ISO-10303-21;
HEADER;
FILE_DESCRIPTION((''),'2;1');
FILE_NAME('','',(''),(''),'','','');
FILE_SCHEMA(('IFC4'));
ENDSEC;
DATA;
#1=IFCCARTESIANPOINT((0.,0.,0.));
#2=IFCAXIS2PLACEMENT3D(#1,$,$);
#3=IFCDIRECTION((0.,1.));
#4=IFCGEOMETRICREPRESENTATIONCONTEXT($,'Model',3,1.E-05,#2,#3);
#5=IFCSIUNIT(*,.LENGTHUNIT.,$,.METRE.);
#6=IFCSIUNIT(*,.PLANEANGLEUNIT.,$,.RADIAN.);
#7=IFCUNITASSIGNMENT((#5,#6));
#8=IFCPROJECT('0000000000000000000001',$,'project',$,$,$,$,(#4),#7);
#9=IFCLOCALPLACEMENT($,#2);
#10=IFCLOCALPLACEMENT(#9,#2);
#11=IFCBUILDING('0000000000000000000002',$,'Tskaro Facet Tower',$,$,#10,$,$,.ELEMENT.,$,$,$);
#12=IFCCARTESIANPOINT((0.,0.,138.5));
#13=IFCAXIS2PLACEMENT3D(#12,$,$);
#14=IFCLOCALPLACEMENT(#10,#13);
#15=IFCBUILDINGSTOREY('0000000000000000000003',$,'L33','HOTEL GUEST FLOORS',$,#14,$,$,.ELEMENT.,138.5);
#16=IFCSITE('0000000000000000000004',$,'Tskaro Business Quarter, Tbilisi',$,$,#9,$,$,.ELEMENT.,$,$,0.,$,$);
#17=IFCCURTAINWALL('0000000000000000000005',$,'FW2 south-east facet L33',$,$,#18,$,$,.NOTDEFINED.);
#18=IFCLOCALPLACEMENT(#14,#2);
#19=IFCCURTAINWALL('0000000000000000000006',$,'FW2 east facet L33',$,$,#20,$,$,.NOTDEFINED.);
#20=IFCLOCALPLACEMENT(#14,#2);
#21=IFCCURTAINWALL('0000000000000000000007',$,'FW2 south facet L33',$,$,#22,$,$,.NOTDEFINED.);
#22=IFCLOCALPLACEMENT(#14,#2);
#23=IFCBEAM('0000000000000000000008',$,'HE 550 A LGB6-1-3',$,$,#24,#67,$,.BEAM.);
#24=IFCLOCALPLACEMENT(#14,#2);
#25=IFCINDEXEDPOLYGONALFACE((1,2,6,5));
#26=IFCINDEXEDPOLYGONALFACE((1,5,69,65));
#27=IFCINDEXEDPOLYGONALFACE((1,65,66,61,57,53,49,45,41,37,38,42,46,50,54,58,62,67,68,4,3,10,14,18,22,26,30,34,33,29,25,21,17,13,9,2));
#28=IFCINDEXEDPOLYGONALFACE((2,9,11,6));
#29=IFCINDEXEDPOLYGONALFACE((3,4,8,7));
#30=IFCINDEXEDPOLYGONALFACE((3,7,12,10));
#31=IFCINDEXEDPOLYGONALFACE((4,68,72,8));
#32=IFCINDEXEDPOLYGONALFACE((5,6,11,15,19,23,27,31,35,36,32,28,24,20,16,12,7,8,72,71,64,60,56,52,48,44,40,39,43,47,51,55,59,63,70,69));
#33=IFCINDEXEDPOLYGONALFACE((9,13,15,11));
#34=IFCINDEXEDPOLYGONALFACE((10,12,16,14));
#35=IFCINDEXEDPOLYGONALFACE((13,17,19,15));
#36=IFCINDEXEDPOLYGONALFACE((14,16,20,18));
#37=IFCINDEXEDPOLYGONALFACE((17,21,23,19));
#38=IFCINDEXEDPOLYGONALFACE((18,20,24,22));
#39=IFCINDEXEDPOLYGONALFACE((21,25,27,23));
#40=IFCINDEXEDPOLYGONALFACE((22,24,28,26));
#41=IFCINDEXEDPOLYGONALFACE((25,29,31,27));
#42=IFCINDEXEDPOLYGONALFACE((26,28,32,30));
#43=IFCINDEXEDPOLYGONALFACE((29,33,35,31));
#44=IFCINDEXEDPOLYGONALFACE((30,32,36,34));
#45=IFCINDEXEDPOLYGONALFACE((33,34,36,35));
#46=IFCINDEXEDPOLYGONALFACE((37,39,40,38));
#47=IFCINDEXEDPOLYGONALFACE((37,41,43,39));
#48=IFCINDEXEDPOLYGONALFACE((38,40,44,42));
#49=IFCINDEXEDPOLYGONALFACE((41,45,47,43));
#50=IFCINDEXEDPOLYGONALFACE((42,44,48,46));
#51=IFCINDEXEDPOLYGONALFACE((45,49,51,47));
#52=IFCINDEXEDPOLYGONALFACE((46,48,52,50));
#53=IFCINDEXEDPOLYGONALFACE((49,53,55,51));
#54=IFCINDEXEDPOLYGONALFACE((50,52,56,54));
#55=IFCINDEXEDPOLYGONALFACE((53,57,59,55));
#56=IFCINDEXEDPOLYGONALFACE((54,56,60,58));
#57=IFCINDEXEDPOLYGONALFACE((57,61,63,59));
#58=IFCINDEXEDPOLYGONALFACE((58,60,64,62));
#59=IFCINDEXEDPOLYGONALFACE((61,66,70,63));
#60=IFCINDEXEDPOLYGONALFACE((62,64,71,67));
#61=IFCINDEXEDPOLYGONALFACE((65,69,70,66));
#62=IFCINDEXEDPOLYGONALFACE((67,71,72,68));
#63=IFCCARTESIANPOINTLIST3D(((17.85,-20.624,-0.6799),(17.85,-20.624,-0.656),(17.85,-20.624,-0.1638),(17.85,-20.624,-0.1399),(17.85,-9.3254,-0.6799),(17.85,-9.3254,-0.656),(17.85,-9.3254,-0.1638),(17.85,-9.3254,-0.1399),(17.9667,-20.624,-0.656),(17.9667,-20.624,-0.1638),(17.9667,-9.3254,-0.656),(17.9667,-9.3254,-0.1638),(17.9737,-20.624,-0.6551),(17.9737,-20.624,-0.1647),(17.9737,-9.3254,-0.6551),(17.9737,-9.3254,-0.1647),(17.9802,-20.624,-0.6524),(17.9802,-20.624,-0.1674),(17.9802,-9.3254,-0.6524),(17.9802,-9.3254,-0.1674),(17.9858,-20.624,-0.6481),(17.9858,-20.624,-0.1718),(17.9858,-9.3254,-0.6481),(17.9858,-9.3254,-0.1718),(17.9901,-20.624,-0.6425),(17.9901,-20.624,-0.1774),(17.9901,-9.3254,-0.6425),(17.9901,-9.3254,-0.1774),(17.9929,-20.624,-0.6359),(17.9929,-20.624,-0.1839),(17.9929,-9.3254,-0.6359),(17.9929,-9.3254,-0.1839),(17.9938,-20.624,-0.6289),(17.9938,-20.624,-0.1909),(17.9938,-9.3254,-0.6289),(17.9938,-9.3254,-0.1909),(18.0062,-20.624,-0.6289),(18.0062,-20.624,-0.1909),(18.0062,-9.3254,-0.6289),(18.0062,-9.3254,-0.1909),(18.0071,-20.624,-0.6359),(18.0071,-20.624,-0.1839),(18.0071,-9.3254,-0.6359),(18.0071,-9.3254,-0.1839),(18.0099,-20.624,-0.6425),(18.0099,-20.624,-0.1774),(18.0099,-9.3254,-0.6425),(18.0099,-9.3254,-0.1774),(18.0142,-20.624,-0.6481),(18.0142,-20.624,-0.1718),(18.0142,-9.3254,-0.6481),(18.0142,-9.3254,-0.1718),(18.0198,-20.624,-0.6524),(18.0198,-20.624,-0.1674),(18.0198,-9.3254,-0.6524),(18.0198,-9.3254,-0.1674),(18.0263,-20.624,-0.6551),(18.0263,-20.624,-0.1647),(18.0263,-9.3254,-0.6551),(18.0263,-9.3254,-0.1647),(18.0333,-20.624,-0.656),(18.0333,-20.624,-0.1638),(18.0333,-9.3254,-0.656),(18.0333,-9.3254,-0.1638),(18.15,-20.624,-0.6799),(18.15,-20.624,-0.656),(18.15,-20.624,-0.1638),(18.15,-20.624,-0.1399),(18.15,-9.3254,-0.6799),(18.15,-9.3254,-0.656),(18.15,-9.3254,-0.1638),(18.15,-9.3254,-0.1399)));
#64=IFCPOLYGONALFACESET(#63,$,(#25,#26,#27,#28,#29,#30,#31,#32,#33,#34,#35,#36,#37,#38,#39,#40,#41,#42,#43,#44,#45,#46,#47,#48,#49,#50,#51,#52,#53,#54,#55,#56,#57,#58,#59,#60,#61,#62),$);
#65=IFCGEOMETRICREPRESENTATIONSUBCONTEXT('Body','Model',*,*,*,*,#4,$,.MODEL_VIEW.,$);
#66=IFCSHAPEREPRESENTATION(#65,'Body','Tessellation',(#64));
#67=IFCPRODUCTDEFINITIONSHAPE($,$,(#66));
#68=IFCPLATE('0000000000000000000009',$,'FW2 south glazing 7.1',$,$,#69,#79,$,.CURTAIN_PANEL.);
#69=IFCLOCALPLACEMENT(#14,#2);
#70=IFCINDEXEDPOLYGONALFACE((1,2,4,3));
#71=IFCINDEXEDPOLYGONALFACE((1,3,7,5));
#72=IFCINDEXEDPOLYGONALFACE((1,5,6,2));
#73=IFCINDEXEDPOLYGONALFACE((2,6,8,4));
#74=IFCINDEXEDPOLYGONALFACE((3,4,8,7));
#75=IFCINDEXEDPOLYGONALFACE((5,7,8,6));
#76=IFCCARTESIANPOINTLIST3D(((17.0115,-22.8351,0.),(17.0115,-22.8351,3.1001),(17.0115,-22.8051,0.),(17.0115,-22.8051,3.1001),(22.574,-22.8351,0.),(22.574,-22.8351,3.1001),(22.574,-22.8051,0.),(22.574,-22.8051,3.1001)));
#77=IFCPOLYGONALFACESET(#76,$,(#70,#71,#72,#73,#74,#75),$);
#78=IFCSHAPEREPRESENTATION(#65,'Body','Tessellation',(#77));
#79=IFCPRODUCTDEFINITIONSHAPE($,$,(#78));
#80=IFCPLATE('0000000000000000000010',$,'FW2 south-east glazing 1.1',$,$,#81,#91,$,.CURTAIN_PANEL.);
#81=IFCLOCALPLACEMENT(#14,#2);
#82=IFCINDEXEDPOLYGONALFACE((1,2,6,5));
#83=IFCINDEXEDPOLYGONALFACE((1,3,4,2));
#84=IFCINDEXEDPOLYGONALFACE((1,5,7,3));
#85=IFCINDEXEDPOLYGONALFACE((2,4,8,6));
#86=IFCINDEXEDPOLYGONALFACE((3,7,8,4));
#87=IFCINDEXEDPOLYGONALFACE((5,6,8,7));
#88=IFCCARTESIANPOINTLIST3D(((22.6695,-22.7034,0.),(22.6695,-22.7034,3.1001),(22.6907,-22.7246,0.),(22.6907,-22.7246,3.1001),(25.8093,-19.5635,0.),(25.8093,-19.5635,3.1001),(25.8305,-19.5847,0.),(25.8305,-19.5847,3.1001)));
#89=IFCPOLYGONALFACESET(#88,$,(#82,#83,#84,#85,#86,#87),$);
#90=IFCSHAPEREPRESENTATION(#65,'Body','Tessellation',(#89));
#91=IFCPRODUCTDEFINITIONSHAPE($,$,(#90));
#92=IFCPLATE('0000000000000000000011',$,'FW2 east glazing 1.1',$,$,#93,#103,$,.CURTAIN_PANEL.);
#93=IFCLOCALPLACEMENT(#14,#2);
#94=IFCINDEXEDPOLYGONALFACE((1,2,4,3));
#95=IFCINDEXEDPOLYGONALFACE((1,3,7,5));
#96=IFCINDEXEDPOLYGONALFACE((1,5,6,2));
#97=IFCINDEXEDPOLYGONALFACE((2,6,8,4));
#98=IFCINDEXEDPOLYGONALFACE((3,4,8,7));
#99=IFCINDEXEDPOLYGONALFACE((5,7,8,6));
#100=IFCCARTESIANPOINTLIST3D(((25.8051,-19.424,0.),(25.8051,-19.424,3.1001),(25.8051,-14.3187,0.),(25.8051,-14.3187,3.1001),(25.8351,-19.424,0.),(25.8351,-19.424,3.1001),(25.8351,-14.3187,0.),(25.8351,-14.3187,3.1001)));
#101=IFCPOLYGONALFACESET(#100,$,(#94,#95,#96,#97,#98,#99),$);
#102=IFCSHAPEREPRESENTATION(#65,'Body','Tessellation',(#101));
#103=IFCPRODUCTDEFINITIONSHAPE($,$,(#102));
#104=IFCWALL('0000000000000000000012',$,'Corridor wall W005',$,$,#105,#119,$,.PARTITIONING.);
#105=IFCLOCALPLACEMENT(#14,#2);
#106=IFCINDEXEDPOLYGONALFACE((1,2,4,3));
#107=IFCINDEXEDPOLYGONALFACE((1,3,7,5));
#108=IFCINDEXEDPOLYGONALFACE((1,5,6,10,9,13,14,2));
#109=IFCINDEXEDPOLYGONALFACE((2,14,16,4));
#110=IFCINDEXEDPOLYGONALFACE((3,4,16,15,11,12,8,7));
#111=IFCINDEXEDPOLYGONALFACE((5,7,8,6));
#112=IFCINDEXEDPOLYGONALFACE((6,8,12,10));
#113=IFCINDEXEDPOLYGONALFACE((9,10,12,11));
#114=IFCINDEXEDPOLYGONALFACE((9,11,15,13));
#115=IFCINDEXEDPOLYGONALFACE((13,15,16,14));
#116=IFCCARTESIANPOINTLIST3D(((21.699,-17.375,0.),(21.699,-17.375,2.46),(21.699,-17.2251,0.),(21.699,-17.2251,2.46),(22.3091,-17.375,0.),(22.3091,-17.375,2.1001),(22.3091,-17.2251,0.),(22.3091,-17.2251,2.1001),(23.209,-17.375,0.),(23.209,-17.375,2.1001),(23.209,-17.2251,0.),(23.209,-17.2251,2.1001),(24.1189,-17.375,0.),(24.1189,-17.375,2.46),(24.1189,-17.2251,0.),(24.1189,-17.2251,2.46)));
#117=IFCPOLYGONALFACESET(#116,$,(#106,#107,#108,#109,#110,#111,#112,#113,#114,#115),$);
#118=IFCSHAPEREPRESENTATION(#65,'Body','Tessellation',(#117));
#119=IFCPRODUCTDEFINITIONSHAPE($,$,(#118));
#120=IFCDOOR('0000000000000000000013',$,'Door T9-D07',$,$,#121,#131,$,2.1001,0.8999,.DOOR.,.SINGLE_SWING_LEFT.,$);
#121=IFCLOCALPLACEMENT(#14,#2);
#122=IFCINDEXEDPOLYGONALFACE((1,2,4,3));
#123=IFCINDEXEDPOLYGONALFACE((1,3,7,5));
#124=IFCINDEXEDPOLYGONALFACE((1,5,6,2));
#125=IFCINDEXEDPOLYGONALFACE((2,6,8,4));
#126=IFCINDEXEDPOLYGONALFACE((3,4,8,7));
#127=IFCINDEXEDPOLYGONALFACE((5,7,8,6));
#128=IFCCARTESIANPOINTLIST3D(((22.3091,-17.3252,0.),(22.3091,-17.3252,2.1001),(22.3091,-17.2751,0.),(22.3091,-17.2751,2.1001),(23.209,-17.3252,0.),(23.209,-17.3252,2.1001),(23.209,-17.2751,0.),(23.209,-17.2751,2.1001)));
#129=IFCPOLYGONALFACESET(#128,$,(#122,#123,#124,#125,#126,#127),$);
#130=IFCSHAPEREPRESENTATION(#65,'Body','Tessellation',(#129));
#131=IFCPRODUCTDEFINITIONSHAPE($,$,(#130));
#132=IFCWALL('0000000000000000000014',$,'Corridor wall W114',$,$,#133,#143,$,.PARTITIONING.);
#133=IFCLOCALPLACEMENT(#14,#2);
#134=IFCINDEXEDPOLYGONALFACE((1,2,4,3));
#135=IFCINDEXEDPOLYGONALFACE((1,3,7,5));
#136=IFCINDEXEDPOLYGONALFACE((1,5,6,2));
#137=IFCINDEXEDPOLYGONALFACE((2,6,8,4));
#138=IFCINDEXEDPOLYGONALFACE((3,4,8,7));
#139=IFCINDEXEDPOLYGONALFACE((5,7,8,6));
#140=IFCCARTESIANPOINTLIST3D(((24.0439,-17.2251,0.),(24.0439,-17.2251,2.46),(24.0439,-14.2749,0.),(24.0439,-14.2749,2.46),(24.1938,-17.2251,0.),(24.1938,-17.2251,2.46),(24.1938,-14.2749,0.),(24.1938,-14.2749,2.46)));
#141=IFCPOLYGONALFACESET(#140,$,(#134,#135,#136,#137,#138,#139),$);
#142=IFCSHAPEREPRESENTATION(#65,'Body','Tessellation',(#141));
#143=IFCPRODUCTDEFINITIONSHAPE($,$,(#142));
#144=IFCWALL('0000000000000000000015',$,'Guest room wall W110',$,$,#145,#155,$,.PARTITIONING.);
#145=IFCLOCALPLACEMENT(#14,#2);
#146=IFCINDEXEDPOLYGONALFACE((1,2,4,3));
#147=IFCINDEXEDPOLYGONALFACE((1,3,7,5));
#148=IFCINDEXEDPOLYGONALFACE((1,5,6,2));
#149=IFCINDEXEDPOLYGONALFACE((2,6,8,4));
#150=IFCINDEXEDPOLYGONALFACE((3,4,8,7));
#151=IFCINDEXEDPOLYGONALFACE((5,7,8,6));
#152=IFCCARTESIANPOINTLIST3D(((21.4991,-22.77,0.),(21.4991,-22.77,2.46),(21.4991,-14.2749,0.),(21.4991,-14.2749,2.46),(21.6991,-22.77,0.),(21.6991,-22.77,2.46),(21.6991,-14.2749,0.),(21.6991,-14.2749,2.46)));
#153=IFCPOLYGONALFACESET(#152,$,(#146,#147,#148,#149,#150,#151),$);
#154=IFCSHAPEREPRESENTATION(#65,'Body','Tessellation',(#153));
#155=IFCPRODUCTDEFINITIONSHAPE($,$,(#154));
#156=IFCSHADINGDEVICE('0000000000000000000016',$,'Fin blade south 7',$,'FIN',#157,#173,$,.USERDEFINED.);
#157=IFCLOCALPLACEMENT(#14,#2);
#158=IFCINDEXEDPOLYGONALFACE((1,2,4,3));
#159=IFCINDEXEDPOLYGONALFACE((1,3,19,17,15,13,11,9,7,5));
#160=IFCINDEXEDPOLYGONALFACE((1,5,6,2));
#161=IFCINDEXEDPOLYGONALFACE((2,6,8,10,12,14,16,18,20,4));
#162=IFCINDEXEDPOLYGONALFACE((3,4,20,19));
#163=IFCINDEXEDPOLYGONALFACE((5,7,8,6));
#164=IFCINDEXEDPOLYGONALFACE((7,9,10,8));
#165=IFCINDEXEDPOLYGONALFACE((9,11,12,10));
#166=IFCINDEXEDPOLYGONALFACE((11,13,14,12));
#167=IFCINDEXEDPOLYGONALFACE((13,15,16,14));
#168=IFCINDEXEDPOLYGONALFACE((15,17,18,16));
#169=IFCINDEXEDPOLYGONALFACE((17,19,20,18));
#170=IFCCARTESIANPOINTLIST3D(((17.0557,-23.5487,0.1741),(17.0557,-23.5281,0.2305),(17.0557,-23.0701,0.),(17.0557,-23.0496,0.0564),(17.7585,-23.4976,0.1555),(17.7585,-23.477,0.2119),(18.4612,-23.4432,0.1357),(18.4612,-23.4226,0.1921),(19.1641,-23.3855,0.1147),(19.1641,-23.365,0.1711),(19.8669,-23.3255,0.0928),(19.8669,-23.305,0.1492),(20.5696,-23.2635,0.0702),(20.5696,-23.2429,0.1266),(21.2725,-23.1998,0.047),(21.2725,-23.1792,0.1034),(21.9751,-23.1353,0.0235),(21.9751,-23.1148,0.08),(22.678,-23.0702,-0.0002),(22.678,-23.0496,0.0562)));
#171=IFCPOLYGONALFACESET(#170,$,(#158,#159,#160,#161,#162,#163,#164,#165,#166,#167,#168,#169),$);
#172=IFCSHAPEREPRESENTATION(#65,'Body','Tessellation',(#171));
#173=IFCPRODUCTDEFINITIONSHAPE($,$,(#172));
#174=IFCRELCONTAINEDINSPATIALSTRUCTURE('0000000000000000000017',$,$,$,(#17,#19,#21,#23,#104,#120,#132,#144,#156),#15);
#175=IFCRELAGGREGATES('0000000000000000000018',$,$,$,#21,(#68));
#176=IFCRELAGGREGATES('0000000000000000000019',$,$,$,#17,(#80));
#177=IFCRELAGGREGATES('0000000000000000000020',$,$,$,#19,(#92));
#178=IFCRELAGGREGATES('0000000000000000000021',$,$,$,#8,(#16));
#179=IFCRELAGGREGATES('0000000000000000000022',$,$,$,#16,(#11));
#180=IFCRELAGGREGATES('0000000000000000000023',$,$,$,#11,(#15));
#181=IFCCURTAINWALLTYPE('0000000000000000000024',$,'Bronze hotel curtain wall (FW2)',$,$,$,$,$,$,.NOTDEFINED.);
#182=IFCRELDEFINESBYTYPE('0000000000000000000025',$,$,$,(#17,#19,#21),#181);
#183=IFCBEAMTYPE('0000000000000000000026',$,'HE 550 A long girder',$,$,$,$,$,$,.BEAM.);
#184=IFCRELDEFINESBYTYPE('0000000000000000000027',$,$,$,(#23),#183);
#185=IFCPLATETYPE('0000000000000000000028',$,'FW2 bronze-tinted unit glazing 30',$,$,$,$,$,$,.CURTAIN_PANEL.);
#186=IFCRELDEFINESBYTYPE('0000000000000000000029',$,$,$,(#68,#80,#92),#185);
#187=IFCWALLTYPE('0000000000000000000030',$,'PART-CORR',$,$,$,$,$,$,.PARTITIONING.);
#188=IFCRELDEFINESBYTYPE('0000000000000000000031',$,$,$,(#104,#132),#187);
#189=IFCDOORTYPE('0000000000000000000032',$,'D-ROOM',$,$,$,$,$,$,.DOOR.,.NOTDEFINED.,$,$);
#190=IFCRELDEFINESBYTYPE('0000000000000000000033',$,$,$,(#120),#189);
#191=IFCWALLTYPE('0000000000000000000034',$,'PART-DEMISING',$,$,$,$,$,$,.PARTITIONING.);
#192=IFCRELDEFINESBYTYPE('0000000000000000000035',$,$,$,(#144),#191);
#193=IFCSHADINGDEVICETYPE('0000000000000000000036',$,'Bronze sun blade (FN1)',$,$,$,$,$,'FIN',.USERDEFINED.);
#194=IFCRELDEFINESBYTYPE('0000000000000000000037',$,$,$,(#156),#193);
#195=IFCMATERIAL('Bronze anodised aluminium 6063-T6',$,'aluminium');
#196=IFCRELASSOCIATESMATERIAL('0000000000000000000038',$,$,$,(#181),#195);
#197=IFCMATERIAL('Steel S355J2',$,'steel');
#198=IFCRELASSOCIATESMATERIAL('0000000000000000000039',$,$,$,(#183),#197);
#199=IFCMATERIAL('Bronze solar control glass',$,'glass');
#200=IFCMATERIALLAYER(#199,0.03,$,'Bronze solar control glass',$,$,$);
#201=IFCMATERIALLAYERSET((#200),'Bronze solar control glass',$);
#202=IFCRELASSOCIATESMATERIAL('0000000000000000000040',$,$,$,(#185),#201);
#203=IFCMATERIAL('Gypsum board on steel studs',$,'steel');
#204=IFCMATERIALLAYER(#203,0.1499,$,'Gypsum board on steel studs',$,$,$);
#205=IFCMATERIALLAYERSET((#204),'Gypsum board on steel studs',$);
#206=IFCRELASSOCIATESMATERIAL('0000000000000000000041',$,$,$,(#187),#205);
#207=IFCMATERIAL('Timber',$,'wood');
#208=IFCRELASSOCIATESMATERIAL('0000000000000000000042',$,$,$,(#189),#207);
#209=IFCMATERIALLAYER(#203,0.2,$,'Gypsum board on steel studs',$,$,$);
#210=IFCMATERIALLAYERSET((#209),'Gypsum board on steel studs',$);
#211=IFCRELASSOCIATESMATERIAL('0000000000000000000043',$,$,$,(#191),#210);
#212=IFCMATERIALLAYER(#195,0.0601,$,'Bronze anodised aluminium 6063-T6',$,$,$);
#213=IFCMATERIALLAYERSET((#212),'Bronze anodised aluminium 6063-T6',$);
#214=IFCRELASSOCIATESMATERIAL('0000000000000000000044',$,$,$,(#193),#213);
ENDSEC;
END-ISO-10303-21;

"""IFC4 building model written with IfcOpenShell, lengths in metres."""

from ifc_helpers import new_model, si_unit, direction, frame, frame_2d, origin, origin_2d, place, context, subcontext, project, spatial, polyline, rectangle, i_section, outline, extrude, material, layer, layer_set, material_profile, profile_set, type_object, element, fill, aggregate, save


model = new_model("IFC4")

# Units and contexts
model_context = context("Model", 3, precision=1e-05, world=origin(), true_north=direction((0.0, 1.0)))
body_context = subcontext(model_context, "Body", "Model", "MODEL_VIEW")
ifc_project = project(units=[si_unit("LENGTHUNIT", "METRE"), si_unit("PLANEANGLEUNIT", "RADIAN")], contexts=[model_context])

# Site, building, storey
site_placement = place(None, origin())
site = spatial("IfcSite", under=ifc_project, at=site_placement, Name="Tskaro Business Quarter, Tbilisi", CompositionType="ELEMENT", RefElevation=0.0)
building_placement = place(site_placement, origin())
building = spatial("IfcBuilding", under=site, at=building_placement, Name="Tskaro Facet Tower", CompositionType="ELEMENT")
storey_placement = place(building_placement, frame((0.0, 0.0, 138.5)))
storey = spatial("IfcBuildingStorey", under=building, at=storey_placement, Name="L33", Description="HOTEL GUEST FLOORS", CompositionType="ELEMENT", Elevation=138.5)

# Curtain walls
ifc_material_1 = material(Name="Bronze anodised aluminium 6063-T6", Category="aluminium")
curtain_wall_type = type_object("IfcCurtainWallType", Name="Bronze hotel curtain wall (FW2)", PredefinedType="NOTDEFINED", material=ifc_material_1)
curtain_wall_1_placement = place(storey_placement, origin())
curtain_wall_1 = element("IfcCurtainWall", 1, at=curtain_wall_1_placement, inside=storey, type_object=curtain_wall_type, Name="FW2 south-east facet L33", PredefinedType="NOTDEFINED")
curtain_wall_2_placement = place(storey_placement, origin())
curtain_wall_2 = element("IfcCurtainWall", 2, at=curtain_wall_2_placement, inside=storey, type_object=curtain_wall_type, Name="FW2 east facet L33", PredefinedType="NOTDEFINED")

# Curtain wall
curtain_wall_3_placement = place(storey_placement, origin())
curtain_wall_3 = element("IfcCurtainWall", 3, at=curtain_wall_3_placement, inside=storey, type_object=curtain_wall_type, Name="FW2 south facet L33", PredefinedType="NOTDEFINED")

# Beam
ifc_material_2 = material(Name="Steel S355J2", Category="steel")
ifc_material_profile_1 = material_profile(ifc_material_2, i_section(OverallWidth=0.3, OverallDepth=0.54, WebThickness=0.0125, FlangeThickness=0.0239, FilletRadius=0.0271, at=origin_2d()), Name="HE 550 A")
ifc_profile_set_1 = profile_set([ifc_material_profile_1], Name="Steel S355J2")
beam_type_1 = type_object("IfcBeamType", Name="HE 550 A long girder", PredefinedType="BEAM", material=ifc_profile_set_1)
beam_1_placement = place(storey_placement, frame((18.0, -20.624, -0.4099), z_axis=(0.0, 1.0, 0.0), x_axis=(-1.0, 0.0, 0.0)))
element("IfcBeam", 4, at=beam_1_placement, inside=storey, type_object=beam_type_1, Name="HE 550 A LGB6-1-3", PredefinedType="BEAM", context=body_context, shape_type="SweptSolid", body=[
    extrude(i_section(OverallWidth=0.3, OverallDepth=0.54, WebThickness=0.0125, FlangeThickness=0.0239, FilletRadius=0.0271, at=origin_2d()), origin(), (0.0, 0.0, 1.0), 11.2986),
])

# Plates
ifc_material_3 = material(Name="Bronze solar control glass", Category="glass")
ifc_layer_1 = layer(ifc_material_3, 0.03, Name="Bronze solar control glass")
ifc_layer_set_1 = layer_set([ifc_layer_1], Name="Bronze solar control glass")
plate_type = type_object("IfcPlateType", Name="FW2 bronze-tinted unit glazing 30", PredefinedType="CURTAIN_PANEL", material=ifc_layer_set_1)
plate_1_placement = place(storey_placement, frame((19.7927, -22.8201, 0.0), z_axis=(0.0, 0.0, 1.0), x_axis=(1.0, 0.0, 0.0)))
plate_1 = element("IfcPlate", 5, at=plate_1_placement, type_object=plate_type, Name="FW2 south glazing 7.1", PredefinedType="CURTAIN_PANEL", context=body_context, shape_type="SweptSolid", body=[
    extrude(rectangle(XDim=5.5625, YDim=0.03, at=origin_2d()), origin(), (0.0, 0.0, 1.0), 3.1001),
])
aggregate(curtain_wall_3, [plate_1])
plate_2_placement = place(storey_placement, frame((24.25, -21.144, 0.0), z_axis=(0.0, 0.0, 1.0), x_axis=(0.707107, 0.707107, 0.0)))
plate_2 = element("IfcPlate", 6, at=plate_2_placement, type_object=plate_type, Name="FW2 south-east glazing 1.1", PredefinedType="CURTAIN_PANEL", context=body_context, shape_type="SweptSolid", body=[
    extrude(rectangle(XDim=4.4404, YDim=0.03, at=origin_2d()), origin(), (0.0, 0.0, 1.0), 3.1001),
])
aggregate(curtain_wall_1, [plate_2])
plate_3_placement = place(storey_placement, frame((25.8201, -16.8713, 0.0), z_axis=(0.0, 0.0, 1.0), x_axis=(0.0, 1.0, 0.0)))
plate_3 = element("IfcPlate", 7, at=plate_3_placement, type_object=plate_type, Name="FW2 east glazing 1.1", PredefinedType="CURTAIN_PANEL", context=body_context, shape_type="SweptSolid", body=[
    extrude(rectangle(XDim=5.1052, YDim=0.03, at=origin_2d()), origin(), (0.0, 0.0, 1.0), 3.1001),
])
aggregate(curtain_wall_2, [plate_3])

# Wall, opening, door
ifc_material_4 = material(Name="Gypsum board on steel studs", Category="steel")
ifc_layer_2 = layer(ifc_material_4, 0.1499, Name="Gypsum board on steel studs")
ifc_layer_set_2 = layer_set([ifc_layer_2], Name="Gypsum board on steel studs")
wall_type_1 = type_object("IfcWallType", Name="PART-CORR", PredefinedType="PARTITIONING", material=ifc_layer_set_2)
wall_1_placement = place(storey_placement, frame((21.699, -17.3, 0.0), z_axis=(0.0, 0.0, 1.0), x_axis=(1.0, 0.0, 0.0)))
wall_1 = element("IfcWall", 8, at=wall_1_placement, inside=storey, type_object=wall_type_1, Name="Corridor wall W005", PredefinedType="PARTITIONING", context=body_context, shape_type="SweptSolid", body=[
    extrude(rectangle(XDim=2.4199, YDim=0.1499, at=frame_2d((1.21, 0.0))), origin(), (0.0, 0.0, 1.0), 2.46),
])
opening_placement = place(wall_1_placement, frame((0.6101, 0.0, 0.0)))
opening = element("IfcOpeningElement", 9, at=opening_placement, cuts=wall_1, PredefinedType="OPENING", context=body_context, shape_type="SweptSolid", body=[
    extrude(rectangle(XDim=0.8999, YDim=2.1001, at=frame_2d((0.45, 1.05))), frame((0.0, 0.085, 0.0), z_axis=(0.0, -1.0, 0.0), x_axis=(1.0, 0.0, 0.0)), (0.0, 0.0, 1.0), 0.1699),
])
ifc_material_5 = material(Name="Timber", Category="wood")
door_type = type_object("IfcDoorType", Name="D-ROOM", OperationType="NOTDEFINED", PredefinedType="DOOR", material=ifc_material_5)
door_placement = place(opening_placement, origin())
door = element("IfcDoor", 10, at=door_placement, inside=storey, type_object=door_type, Name="Door T9-D07", OperationType="SINGLE_SWING_LEFT", OverallHeight=2.1001, OverallWidth=0.8999, PredefinedType="DOOR", context=body_context, shape_type="SweptSolid", body=[
    extrude(rectangle(XDim=0.8999, YDim=2.1001, at=frame_2d((0.45, 1.05))), frame((0.0, 0.0249, 0.0), z_axis=(0.0, -1.0, 0.0), x_axis=(1.0, 0.0, 0.0)), (0.0, 0.0, 1.0), 0.05),
])
fill(opening, door)

# Walls
wall_2_placement = place(storey_placement, frame((24.1189, -17.2251, 0.0), z_axis=(0.0, 0.0, 1.0), x_axis=(0.0, 1.0, 0.0)))
element("IfcWall", 11, at=wall_2_placement, inside=storey, type_object=wall_type_1, Name="Corridor wall W114", PredefinedType="PARTITIONING", context=body_context, shape_type="SweptSolid", body=[
    extrude(rectangle(XDim=2.9502, YDim=0.1499, at=frame_2d((1.4751, 0.0))), origin(), (0.0, 0.0, 1.0), 2.46),
])
ifc_layer_3 = layer(ifc_material_4, 0.2, Name="Gypsum board on steel studs")
ifc_layer_set_3 = layer_set([ifc_layer_3], Name="Gypsum board on steel studs")
wall_type_2 = type_object("IfcWallType", Name="PART-DEMISING", PredefinedType="PARTITIONING", material=ifc_layer_set_3)
wall_3_placement = place(storey_placement, frame((21.5991, -22.77, 0.0), z_axis=(0.0, 0.0, 1.0), x_axis=(0.0, 1.0, 0.0)))
element("IfcWall", 12, at=wall_3_placement, inside=storey, type_object=wall_type_2, Name="Guest room wall W110", PredefinedType="PARTITIONING", context=body_context, shape_type="SweptSolid", body=[
    extrude(rectangle(XDim=8.4951, YDim=0.2, at=frame_2d((4.2476, 0.0))), origin(), (0.0, 0.0, 1.0), 2.46),
])

# Shading device
ifc_layer_4 = layer(ifc_material_1, 0.0601, Name="Bronze anodised aluminium 6063-T6")
ifc_layer_set_4 = layer_set([ifc_layer_4], Name="Bronze anodised aluminium 6063-T6")
shading_device_type = type_object("IfcShadingDeviceType", Name="Bronze sun blade (FN1)", ElementType="FIN", PredefinedType="USERDEFINED", material=ifc_layer_set_4)
shading_device_1_placement = place(storey_placement, frame((17.0557, -23.0496, 0.0564), z_axis=(0.000033, 0.341937, 0.939723), x_axis=(1.0, -0.000011, -0.000031)))
element("IfcShadingDevice", 13, at=shading_device_1_placement, inside=storey, type_object=shading_device_type, Name="Fin blade south 7", ObjectType="FIN", PredefinedType="USERDEFINED", context=body_context, shape_type="SweptSolid", body=[
    extrude(outline(polyline([(0.0, 0.0), (5.6223, 0.0), (4.9194, -0.0694), (4.2168, -0.1379), (3.5139, -0.2057), (2.8113, -0.2718), (2.1084, -0.3357), (1.4055, -0.397), (0.7029, -0.4549), (0.0, -0.5093), (0.0, 0.0)])), origin(), (0.0, 0.0, -1.0), 0.0601),
])

save(model, "model.ifc")
